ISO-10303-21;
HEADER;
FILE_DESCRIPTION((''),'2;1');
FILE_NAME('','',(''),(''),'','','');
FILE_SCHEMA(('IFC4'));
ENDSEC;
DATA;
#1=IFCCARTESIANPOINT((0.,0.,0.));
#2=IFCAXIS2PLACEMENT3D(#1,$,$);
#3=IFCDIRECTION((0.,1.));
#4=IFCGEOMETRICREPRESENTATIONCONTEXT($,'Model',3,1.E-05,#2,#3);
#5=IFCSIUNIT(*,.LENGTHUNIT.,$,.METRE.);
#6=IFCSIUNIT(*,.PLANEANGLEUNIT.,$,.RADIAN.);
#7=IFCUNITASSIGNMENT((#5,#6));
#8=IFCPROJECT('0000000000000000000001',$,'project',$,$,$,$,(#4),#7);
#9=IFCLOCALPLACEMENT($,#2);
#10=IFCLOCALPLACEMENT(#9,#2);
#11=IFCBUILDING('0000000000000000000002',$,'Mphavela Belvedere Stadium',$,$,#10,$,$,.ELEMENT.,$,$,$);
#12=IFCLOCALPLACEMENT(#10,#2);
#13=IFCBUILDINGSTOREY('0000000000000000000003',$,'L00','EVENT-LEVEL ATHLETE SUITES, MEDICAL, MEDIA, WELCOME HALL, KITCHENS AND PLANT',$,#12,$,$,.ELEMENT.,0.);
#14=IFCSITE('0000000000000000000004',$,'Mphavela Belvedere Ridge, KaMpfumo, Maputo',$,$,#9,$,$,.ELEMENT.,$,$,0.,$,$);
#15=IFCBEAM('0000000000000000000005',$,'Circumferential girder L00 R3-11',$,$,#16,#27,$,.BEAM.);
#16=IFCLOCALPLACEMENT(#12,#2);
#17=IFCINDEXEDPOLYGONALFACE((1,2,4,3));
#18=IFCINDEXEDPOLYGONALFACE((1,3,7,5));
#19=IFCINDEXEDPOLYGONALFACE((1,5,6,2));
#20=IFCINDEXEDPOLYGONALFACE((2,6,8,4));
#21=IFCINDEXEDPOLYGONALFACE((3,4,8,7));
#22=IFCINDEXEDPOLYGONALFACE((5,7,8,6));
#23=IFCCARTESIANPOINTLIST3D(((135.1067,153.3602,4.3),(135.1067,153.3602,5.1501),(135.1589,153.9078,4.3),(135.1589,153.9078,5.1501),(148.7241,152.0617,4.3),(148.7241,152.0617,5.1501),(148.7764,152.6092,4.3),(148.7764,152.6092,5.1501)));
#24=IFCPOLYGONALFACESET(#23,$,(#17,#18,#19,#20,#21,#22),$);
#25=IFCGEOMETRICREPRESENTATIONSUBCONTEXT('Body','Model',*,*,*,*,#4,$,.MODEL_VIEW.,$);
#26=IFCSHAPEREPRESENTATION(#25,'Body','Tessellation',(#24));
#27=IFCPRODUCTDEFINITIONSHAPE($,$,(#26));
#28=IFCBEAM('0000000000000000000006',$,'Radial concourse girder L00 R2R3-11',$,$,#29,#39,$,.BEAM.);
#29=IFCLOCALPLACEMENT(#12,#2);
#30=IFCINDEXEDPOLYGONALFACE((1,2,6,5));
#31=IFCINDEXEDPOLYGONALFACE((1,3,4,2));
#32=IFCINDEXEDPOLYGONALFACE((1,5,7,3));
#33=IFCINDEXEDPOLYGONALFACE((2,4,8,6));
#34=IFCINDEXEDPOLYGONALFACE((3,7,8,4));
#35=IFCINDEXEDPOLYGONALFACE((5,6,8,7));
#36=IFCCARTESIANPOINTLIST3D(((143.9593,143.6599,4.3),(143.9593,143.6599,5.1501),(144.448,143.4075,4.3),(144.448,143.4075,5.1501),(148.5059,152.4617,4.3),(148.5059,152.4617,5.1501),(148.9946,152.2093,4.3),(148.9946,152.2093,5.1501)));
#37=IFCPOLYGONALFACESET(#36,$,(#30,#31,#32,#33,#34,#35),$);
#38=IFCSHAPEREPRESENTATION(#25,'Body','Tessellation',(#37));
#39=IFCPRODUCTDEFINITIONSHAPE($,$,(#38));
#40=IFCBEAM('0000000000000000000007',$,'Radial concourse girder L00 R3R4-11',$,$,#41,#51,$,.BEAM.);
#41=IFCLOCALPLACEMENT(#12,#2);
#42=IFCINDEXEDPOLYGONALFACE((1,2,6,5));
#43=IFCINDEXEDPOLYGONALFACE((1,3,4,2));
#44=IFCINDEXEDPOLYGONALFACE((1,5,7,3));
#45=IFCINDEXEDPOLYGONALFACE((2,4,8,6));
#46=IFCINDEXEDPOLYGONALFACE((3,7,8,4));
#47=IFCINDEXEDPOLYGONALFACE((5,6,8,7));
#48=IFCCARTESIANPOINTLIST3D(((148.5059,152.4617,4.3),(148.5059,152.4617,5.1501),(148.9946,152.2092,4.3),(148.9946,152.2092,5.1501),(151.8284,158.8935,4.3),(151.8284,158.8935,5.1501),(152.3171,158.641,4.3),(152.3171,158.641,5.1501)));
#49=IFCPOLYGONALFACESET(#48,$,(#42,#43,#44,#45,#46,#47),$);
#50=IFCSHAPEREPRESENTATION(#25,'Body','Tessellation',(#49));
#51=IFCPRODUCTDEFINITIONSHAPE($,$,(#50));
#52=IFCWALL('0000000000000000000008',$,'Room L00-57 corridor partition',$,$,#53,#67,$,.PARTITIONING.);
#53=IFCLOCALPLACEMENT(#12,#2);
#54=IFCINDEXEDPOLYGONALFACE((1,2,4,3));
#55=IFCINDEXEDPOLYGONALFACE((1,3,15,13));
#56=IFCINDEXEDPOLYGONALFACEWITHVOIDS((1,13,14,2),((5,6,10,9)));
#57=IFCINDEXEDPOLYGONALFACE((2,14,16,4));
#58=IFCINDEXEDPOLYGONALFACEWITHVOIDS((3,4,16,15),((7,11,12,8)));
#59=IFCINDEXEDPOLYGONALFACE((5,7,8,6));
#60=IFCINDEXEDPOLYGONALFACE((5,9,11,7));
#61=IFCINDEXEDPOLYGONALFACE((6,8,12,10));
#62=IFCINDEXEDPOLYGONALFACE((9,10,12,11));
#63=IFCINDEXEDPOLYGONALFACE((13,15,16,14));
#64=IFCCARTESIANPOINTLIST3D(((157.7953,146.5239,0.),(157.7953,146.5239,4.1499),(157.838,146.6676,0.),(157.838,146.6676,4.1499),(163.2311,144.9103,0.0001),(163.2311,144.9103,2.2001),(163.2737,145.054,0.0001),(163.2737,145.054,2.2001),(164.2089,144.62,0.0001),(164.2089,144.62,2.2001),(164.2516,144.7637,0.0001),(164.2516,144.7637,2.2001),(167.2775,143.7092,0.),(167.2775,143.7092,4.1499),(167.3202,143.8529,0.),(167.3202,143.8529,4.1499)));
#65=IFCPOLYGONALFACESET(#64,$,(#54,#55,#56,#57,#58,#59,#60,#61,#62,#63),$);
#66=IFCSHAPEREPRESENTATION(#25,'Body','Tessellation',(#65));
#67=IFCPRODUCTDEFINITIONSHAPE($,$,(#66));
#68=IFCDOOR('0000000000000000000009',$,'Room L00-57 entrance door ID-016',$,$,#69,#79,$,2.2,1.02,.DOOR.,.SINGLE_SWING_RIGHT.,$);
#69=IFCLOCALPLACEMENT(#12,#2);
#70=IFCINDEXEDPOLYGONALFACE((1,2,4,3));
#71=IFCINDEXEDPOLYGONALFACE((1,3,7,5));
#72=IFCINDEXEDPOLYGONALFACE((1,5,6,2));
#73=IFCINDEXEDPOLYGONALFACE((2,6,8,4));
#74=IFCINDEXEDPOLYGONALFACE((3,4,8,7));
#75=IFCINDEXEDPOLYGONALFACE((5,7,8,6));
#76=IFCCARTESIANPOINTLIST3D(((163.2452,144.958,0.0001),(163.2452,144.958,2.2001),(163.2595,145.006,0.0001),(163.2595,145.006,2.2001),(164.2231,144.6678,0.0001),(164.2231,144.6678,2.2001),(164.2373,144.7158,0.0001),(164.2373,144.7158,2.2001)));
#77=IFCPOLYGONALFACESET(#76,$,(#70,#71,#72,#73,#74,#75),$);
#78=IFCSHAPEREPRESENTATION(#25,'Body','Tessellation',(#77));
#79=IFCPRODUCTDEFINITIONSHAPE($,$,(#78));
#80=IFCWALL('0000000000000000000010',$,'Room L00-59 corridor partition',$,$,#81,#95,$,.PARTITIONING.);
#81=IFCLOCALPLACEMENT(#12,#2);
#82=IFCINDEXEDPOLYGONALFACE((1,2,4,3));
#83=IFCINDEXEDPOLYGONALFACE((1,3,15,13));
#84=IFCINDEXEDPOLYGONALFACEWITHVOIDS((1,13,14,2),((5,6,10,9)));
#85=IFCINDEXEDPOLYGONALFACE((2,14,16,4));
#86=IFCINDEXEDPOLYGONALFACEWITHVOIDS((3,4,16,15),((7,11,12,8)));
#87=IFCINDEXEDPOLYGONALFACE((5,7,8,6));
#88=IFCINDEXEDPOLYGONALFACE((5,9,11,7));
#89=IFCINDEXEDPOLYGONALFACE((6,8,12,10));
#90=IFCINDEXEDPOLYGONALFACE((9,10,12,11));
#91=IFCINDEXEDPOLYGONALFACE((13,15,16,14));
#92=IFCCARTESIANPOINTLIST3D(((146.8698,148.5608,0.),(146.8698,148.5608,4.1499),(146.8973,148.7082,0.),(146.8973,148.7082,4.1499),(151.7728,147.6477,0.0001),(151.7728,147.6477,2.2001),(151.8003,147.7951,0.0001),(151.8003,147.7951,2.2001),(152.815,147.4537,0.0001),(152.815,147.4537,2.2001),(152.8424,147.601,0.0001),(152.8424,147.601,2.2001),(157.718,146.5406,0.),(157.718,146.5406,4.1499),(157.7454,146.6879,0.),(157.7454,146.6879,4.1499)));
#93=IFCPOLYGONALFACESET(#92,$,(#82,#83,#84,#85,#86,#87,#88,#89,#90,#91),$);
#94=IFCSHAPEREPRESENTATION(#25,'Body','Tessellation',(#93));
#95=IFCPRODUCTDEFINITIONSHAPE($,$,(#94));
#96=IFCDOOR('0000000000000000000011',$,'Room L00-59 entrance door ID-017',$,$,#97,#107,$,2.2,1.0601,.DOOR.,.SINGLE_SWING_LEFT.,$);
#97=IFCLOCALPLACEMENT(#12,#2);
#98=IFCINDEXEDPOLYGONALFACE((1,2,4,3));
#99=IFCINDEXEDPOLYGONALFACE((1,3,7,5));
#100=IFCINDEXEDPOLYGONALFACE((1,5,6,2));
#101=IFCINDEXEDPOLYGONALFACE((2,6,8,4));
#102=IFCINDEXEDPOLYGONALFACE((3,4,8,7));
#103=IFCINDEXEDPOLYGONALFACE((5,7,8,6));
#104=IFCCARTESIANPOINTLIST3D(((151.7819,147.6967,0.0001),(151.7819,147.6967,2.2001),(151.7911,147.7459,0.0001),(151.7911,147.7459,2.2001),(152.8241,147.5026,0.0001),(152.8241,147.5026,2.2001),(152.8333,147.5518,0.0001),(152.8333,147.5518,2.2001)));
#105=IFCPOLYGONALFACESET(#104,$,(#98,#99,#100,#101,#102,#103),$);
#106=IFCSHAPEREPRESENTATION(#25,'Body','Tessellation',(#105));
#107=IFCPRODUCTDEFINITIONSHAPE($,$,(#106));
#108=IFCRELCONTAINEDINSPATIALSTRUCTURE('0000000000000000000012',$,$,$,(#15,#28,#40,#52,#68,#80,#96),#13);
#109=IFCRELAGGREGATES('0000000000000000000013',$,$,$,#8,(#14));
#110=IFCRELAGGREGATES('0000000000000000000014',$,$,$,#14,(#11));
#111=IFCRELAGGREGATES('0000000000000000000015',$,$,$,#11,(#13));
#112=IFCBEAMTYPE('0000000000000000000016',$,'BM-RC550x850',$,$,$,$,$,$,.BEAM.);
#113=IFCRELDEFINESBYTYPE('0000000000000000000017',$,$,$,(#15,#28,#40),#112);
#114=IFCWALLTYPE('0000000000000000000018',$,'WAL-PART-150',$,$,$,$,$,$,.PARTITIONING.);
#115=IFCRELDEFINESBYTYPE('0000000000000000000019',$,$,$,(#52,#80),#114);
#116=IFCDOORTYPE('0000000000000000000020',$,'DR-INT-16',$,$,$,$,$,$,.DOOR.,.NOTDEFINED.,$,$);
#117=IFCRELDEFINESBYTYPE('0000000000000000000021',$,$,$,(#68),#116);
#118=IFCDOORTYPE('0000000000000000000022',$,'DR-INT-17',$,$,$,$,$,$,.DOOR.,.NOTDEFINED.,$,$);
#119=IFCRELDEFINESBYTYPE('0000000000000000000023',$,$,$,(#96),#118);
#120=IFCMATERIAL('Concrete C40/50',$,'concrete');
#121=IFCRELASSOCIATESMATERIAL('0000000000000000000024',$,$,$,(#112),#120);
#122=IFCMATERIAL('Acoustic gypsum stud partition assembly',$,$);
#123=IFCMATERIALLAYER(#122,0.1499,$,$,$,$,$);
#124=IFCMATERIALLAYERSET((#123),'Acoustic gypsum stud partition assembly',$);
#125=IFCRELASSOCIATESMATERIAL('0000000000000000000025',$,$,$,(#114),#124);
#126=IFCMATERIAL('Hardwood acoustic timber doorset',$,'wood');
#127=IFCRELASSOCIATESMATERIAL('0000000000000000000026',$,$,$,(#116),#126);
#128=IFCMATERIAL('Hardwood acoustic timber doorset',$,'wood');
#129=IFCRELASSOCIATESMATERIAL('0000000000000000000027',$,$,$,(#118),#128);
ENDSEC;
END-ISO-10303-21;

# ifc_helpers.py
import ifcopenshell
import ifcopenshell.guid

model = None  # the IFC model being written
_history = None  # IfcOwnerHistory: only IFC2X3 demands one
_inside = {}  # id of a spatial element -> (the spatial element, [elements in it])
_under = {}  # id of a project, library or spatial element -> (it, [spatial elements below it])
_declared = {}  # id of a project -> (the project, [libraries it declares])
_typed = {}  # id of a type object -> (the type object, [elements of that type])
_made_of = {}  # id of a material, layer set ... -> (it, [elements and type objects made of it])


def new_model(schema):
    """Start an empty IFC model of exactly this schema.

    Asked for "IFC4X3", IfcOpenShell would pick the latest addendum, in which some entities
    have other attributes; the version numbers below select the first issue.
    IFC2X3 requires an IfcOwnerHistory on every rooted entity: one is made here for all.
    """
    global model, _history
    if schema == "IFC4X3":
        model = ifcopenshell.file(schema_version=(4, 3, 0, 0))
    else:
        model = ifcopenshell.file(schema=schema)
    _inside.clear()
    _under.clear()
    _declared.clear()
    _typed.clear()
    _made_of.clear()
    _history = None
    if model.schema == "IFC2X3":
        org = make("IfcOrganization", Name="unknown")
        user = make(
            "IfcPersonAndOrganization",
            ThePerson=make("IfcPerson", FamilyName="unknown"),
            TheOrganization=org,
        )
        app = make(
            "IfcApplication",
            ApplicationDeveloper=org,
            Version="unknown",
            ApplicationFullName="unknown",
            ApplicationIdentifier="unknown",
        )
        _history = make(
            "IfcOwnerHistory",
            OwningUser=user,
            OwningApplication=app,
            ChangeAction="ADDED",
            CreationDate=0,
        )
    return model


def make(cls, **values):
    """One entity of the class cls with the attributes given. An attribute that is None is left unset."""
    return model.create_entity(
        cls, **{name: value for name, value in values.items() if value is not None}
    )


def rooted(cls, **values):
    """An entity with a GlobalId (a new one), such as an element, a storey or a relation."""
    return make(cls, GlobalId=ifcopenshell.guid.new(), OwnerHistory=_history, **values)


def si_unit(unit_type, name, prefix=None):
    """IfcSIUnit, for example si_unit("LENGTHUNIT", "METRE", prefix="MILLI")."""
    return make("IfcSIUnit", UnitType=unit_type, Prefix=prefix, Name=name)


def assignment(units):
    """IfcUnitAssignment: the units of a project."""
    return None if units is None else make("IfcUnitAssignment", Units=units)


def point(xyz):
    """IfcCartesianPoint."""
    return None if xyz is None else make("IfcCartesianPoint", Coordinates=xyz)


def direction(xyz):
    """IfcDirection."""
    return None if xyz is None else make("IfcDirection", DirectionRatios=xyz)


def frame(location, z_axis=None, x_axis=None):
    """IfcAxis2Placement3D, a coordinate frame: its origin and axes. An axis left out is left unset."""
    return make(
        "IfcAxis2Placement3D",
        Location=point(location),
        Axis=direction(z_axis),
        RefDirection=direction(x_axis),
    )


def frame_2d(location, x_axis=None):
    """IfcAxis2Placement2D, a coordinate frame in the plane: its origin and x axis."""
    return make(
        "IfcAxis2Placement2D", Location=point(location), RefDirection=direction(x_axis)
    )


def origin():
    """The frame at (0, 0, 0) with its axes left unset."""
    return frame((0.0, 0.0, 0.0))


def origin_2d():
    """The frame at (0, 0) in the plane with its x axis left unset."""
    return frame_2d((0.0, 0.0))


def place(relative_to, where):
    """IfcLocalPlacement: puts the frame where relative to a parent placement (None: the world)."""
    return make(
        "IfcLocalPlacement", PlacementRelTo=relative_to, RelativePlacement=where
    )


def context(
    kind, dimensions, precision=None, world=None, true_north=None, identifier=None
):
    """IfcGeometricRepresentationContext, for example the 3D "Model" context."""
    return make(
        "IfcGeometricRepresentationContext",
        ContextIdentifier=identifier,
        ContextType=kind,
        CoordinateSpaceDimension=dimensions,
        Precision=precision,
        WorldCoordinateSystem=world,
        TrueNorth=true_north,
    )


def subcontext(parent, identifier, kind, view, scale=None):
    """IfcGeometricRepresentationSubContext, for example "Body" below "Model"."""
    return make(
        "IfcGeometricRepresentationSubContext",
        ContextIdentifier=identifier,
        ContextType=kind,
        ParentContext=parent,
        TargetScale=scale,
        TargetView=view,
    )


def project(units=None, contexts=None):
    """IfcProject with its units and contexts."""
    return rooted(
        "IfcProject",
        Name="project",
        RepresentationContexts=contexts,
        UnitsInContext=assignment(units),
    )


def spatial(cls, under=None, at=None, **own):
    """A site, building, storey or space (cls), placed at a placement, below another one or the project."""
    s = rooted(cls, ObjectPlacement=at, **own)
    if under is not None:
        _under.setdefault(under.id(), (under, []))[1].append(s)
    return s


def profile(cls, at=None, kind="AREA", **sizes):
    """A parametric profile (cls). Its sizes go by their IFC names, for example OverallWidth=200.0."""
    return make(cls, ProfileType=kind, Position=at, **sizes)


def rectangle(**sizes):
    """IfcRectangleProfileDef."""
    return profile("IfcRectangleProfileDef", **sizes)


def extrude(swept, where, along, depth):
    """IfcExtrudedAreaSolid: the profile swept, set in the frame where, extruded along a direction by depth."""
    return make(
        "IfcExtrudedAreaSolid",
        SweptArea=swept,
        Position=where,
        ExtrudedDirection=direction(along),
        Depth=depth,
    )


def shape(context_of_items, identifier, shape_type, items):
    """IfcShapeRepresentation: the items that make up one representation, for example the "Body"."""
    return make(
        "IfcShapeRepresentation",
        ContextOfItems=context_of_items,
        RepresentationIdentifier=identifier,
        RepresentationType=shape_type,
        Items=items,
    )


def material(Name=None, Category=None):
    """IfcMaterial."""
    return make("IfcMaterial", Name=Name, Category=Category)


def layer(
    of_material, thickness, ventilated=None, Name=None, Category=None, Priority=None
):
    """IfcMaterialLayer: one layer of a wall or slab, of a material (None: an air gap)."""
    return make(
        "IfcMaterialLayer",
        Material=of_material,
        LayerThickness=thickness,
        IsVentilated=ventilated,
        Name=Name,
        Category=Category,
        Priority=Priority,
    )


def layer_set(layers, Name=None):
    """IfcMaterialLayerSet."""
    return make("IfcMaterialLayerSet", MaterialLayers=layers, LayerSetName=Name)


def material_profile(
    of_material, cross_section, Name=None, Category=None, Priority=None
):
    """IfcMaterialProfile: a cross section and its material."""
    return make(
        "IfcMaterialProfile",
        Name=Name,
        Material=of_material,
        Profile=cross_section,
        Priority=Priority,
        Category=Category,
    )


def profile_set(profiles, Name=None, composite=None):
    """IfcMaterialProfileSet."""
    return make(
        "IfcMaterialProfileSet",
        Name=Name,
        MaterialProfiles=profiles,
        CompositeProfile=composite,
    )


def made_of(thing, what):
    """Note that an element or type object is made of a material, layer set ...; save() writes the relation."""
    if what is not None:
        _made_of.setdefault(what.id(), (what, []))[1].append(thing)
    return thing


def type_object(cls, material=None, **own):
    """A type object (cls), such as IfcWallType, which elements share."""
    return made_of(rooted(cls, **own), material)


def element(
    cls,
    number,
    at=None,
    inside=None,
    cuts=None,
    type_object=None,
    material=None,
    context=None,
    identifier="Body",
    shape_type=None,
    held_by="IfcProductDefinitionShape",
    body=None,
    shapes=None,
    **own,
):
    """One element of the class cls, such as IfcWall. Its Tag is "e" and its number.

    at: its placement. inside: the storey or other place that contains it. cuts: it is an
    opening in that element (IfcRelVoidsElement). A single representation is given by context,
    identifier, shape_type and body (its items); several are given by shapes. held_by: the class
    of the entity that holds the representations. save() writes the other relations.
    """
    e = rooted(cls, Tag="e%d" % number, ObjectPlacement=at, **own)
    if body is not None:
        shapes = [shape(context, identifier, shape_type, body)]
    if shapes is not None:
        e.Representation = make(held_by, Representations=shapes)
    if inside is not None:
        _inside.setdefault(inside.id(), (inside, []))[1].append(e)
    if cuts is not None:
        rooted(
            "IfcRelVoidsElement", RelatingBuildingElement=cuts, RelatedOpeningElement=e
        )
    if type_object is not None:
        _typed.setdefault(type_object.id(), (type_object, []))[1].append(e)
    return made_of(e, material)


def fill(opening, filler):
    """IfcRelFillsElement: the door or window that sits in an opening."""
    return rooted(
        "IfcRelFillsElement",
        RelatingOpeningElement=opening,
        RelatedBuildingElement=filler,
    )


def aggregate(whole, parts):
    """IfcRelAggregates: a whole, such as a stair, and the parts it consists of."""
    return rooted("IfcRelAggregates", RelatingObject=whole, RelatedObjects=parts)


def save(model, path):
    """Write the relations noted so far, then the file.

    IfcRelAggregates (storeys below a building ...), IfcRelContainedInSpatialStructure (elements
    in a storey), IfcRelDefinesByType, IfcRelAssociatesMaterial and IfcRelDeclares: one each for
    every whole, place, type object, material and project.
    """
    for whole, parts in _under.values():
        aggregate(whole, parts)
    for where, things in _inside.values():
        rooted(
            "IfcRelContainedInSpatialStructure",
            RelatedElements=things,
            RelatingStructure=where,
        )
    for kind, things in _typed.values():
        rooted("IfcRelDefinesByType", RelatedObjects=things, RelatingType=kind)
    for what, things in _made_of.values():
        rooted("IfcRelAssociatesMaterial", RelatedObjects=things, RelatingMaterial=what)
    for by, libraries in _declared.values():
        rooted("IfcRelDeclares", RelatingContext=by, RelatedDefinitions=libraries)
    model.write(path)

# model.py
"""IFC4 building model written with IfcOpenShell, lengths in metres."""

from ifc_helpers import new_model, si_unit, direction, frame, frame_2d, origin, origin_2d, place, context, subcontext, project, spatial, rectangle, extrude, material, layer, layer_set, material_profile, profile_set, type_object, element, fill, save


model = new_model("IFC4")

# Units and contexts
model_context = context("Model", 3, precision=1e-05, world=origin(), true_north=direction((0.0, 1.0)))
body_context = subcontext(model_context, "Body", "Model", "MODEL_VIEW")
ifc_project = project(units=[si_unit("LENGTHUNIT", "METRE"), si_unit("PLANEANGLEUNIT", "RADIAN")], contexts=[model_context])

# Site, building, storey
site_placement = place(None, origin())
site = spatial("IfcSite", under=ifc_project, at=site_placement, Name="Mphavela Belvedere Ridge, KaMpfumo, Maputo", CompositionType="ELEMENT", RefElevation=0.0)
building_placement = place(site_placement, origin())
building = spatial("IfcBuilding", under=site, at=building_placement, Name="Mphavela Belvedere Stadium", CompositionType="ELEMENT")
storey_placement = place(building_placement, origin())
storey = spatial("IfcBuildingStorey", under=building, at=storey_placement, Name="L00", Description="EVENT-LEVEL ATHLETE SUITES, MEDICAL, MEDIA, WELCOME HALL, KITCHENS AND PLANT", CompositionType="ELEMENT", Elevation=0.0)

# Beams
ifc_material_1 = material(Name="Concrete C40/50", Category="concrete")
ifc_material_profile_1 = material_profile(ifc_material_1, rectangle(XDim=0.55, YDim=0.8501, at=origin_2d()), Name="RC 550x850")
ifc_profile_set_1 = profile_set([ifc_material_profile_1], Name="Concrete C40/50")
beam_type_1 = type_object("IfcBeamType", Name="BM-RC550x850", PredefinedType="BEAM", material=ifc_profile_set_1)
beam_1_placement = place(storey_placement, frame((148.7502, 152.3354, 4.7251), z_axis=(-0.995484, 0.094931, 0.0), x_axis=(-0.094931, -0.995484, 0.0)))
element("IfcBeam", 1, at=beam_1_placement, inside=storey, type_object=beam_type_1, Name="Circumferential girder L00 R3-11", PredefinedType="BEAM", context=body_context, shape_type="SweptSolid", body=[
    extrude(rectangle(XDim=0.55, YDim=0.8501, at=origin_2d()), origin(), (0.0, 0.0, 1.0), 13.6792),
])
beam_2_placement = place(storey_placement, frame((144.2036, 143.5337, 4.7251), z_axis=(0.458945, 0.888465, 0.0), x_axis=(-0.888465, 0.458945, 0.0)))
element("IfcBeam", 2, at=beam_2_placement, inside=storey, type_object=beam_type_1, Name="Radial concourse girder L00 R2R3-11", PredefinedType="BEAM", context=body_context, shape_type="SweptSolid", body=[
    extrude(rectangle(XDim=0.55, YDim=0.8501, at=origin_2d()), origin(), (0.0, 0.0, 1.0), 9.9067),
])
beam_3_placement = place(storey_placement, frame((148.7502, 152.3354, 4.7251), z_axis=(0.458951, 0.888461, 0.0), x_axis=(-0.888461, 0.458951, 0.0)))
element("IfcBeam", 3, at=beam_3_placement, inside=storey, type_object=beam_type_1, Name="Radial concourse girder L00 R3R4-11", PredefinedType="BEAM", context=body_context, shape_type="SweptSolid", body=[
    extrude(rectangle(XDim=0.55, YDim=0.8501, at=origin_2d()), origin(), (0.0, 0.0, 1.0), 7.2393),
])

# Walls, openings, doors
ifc_material_2 = material(Name="Acoustic gypsum stud partition assembly")
ifc_layer = layer(ifc_material_2, 0.1499)
ifc_layer_set = layer_set([ifc_layer], Name="Acoustic gypsum stud partition assembly")
wall_type = type_object("IfcWallType", Name="WAL-PART-150", PredefinedType="PARTITIONING", material=ifc_layer_set)
wall_1_placement = place(storey_placement, frame((157.8167, 146.5957, 0.0), z_axis=(0.0, 0.0, 1.0), x_axis=(0.958656, -0.284568, 0.0)))
wall_1 = element("IfcWall", 4, at=wall_1_placement, inside=storey, type_object=wall_type, Name="Room L00-57 corridor partition", PredefinedType="PARTITIONING", context=body_context, shape_type="SweptSolid", body=[
    extrude(rectangle(XDim=9.8911, YDim=0.1499, at=frame_2d((4.9456, 0.0))), origin(), (0.0, 0.0, 1.0), 4.1499),
])
opening_1_placement = place(wall_1_placement, frame((5.6702, 0.0, 0.0)))
opening_1 = element("IfcOpeningElement", 5, at=opening_1_placement, cuts=wall_1, PredefinedType="OPENING", context=body_context, shape_type="SweptSolid", body=[
    extrude(rectangle(XDim=1.02, YDim=2.2, at=frame_2d((0.51, 1.1001))), frame((0.0, 0.085, 0.0), z_axis=(0.0, -1.0, 0.0), x_axis=(1.0, 0.0, 0.0)), (0.0, 0.0, 1.0), 0.1699),
])
ifc_material_3 = material(Name="Hardwood acoustic timber doorset", Category="wood")
door_type_1 = type_object("IfcDoorType", Name="DR-INT-16", OperationType="NOTDEFINED", PredefinedType="DOOR", material=ifc_material_3)
door_1_placement = place(opening_1_placement, origin())
door_1 = element("IfcDoor", 6, at=door_1_placement, inside=storey, type_object=door_type_1, Name="Room L00-57 entrance door ID-016", OperationType="SINGLE_SWING_RIGHT", OverallHeight=2.2, OverallWidth=1.02, PredefinedType="DOOR", context=body_context, shape_type="SweptSolid", body=[
    extrude(rectangle(XDim=1.02, YDim=2.2, at=frame_2d((0.51, 1.1001))), frame((0.0, 0.0249, 0.0), z_axis=(0.0, -1.0, 0.0), x_axis=(1.0, 0.0, 0.0)), (0.0, 0.0, 1.0), 0.05),
])
fill(opening_1, door_1)
wall_2_placement = place(storey_placement, frame((146.8835, 148.6345, 0.0), z_axis=(0.0, 0.0, 1.0), x_axis=(0.983097, -0.183083, 0.0)))
wall_2 = element("IfcWall", 7, at=wall_2_placement, inside=storey, type_object=wall_type, Name="Room L00-59 corridor partition", PredefinedType="PARTITIONING", context=body_context, shape_type="SweptSolid", body=[
    extrude(rectangle(XDim=11.0347, YDim=0.1499, at=frame_2d((5.5173, 0.0))), origin(), (0.0, 0.0, 1.0), 4.1499),
])
opening_2_placement = place(wall_2_placement, frame((4.9873, 0.0, 0.0)))
opening_2 = element("IfcOpeningElement", 8, at=opening_2_placement, cuts=wall_2, PredefinedType="OPENING", context=body_context, shape_type="SweptSolid", body=[
    extrude(rectangle(XDim=1.0601, YDim=2.2, at=frame_2d((0.53, 1.1001))), frame((0.0, 0.085, 0.0), z_axis=(0.0, -1.0, 0.0), x_axis=(1.0, 0.0, 0.0)), (0.0, 0.0, 1.0), 0.1699),
])
ifc_material_4 = material(Name="Hardwood acoustic timber doorset", Category="wood")
door_type_2 = type_object("IfcDoorType", Name="DR-INT-17", OperationType="NOTDEFINED", PredefinedType="DOOR", material=ifc_material_4)
door_2_placement = place(opening_2_placement, origin())
door_2 = element("IfcDoor", 9, at=door_2_placement, inside=storey, type_object=door_type_2, Name="Room L00-59 entrance door ID-017", OperationType="SINGLE_SWING_LEFT", OverallHeight=2.2, OverallWidth=1.0601, PredefinedType="DOOR", context=body_context, shape_type="SweptSolid", body=[
    extrude(rectangle(XDim=1.0601, YDim=2.2, at=frame_2d((0.53, 1.1001))), frame((0.0, 0.0249, 0.0), z_axis=(0.0, -1.0, 0.0), x_axis=(1.0, 0.0, 0.0)), (0.0, 0.0, 1.0), 0.05),
])
fill(opening_2, door_2)

save(model, "model.ifc")
